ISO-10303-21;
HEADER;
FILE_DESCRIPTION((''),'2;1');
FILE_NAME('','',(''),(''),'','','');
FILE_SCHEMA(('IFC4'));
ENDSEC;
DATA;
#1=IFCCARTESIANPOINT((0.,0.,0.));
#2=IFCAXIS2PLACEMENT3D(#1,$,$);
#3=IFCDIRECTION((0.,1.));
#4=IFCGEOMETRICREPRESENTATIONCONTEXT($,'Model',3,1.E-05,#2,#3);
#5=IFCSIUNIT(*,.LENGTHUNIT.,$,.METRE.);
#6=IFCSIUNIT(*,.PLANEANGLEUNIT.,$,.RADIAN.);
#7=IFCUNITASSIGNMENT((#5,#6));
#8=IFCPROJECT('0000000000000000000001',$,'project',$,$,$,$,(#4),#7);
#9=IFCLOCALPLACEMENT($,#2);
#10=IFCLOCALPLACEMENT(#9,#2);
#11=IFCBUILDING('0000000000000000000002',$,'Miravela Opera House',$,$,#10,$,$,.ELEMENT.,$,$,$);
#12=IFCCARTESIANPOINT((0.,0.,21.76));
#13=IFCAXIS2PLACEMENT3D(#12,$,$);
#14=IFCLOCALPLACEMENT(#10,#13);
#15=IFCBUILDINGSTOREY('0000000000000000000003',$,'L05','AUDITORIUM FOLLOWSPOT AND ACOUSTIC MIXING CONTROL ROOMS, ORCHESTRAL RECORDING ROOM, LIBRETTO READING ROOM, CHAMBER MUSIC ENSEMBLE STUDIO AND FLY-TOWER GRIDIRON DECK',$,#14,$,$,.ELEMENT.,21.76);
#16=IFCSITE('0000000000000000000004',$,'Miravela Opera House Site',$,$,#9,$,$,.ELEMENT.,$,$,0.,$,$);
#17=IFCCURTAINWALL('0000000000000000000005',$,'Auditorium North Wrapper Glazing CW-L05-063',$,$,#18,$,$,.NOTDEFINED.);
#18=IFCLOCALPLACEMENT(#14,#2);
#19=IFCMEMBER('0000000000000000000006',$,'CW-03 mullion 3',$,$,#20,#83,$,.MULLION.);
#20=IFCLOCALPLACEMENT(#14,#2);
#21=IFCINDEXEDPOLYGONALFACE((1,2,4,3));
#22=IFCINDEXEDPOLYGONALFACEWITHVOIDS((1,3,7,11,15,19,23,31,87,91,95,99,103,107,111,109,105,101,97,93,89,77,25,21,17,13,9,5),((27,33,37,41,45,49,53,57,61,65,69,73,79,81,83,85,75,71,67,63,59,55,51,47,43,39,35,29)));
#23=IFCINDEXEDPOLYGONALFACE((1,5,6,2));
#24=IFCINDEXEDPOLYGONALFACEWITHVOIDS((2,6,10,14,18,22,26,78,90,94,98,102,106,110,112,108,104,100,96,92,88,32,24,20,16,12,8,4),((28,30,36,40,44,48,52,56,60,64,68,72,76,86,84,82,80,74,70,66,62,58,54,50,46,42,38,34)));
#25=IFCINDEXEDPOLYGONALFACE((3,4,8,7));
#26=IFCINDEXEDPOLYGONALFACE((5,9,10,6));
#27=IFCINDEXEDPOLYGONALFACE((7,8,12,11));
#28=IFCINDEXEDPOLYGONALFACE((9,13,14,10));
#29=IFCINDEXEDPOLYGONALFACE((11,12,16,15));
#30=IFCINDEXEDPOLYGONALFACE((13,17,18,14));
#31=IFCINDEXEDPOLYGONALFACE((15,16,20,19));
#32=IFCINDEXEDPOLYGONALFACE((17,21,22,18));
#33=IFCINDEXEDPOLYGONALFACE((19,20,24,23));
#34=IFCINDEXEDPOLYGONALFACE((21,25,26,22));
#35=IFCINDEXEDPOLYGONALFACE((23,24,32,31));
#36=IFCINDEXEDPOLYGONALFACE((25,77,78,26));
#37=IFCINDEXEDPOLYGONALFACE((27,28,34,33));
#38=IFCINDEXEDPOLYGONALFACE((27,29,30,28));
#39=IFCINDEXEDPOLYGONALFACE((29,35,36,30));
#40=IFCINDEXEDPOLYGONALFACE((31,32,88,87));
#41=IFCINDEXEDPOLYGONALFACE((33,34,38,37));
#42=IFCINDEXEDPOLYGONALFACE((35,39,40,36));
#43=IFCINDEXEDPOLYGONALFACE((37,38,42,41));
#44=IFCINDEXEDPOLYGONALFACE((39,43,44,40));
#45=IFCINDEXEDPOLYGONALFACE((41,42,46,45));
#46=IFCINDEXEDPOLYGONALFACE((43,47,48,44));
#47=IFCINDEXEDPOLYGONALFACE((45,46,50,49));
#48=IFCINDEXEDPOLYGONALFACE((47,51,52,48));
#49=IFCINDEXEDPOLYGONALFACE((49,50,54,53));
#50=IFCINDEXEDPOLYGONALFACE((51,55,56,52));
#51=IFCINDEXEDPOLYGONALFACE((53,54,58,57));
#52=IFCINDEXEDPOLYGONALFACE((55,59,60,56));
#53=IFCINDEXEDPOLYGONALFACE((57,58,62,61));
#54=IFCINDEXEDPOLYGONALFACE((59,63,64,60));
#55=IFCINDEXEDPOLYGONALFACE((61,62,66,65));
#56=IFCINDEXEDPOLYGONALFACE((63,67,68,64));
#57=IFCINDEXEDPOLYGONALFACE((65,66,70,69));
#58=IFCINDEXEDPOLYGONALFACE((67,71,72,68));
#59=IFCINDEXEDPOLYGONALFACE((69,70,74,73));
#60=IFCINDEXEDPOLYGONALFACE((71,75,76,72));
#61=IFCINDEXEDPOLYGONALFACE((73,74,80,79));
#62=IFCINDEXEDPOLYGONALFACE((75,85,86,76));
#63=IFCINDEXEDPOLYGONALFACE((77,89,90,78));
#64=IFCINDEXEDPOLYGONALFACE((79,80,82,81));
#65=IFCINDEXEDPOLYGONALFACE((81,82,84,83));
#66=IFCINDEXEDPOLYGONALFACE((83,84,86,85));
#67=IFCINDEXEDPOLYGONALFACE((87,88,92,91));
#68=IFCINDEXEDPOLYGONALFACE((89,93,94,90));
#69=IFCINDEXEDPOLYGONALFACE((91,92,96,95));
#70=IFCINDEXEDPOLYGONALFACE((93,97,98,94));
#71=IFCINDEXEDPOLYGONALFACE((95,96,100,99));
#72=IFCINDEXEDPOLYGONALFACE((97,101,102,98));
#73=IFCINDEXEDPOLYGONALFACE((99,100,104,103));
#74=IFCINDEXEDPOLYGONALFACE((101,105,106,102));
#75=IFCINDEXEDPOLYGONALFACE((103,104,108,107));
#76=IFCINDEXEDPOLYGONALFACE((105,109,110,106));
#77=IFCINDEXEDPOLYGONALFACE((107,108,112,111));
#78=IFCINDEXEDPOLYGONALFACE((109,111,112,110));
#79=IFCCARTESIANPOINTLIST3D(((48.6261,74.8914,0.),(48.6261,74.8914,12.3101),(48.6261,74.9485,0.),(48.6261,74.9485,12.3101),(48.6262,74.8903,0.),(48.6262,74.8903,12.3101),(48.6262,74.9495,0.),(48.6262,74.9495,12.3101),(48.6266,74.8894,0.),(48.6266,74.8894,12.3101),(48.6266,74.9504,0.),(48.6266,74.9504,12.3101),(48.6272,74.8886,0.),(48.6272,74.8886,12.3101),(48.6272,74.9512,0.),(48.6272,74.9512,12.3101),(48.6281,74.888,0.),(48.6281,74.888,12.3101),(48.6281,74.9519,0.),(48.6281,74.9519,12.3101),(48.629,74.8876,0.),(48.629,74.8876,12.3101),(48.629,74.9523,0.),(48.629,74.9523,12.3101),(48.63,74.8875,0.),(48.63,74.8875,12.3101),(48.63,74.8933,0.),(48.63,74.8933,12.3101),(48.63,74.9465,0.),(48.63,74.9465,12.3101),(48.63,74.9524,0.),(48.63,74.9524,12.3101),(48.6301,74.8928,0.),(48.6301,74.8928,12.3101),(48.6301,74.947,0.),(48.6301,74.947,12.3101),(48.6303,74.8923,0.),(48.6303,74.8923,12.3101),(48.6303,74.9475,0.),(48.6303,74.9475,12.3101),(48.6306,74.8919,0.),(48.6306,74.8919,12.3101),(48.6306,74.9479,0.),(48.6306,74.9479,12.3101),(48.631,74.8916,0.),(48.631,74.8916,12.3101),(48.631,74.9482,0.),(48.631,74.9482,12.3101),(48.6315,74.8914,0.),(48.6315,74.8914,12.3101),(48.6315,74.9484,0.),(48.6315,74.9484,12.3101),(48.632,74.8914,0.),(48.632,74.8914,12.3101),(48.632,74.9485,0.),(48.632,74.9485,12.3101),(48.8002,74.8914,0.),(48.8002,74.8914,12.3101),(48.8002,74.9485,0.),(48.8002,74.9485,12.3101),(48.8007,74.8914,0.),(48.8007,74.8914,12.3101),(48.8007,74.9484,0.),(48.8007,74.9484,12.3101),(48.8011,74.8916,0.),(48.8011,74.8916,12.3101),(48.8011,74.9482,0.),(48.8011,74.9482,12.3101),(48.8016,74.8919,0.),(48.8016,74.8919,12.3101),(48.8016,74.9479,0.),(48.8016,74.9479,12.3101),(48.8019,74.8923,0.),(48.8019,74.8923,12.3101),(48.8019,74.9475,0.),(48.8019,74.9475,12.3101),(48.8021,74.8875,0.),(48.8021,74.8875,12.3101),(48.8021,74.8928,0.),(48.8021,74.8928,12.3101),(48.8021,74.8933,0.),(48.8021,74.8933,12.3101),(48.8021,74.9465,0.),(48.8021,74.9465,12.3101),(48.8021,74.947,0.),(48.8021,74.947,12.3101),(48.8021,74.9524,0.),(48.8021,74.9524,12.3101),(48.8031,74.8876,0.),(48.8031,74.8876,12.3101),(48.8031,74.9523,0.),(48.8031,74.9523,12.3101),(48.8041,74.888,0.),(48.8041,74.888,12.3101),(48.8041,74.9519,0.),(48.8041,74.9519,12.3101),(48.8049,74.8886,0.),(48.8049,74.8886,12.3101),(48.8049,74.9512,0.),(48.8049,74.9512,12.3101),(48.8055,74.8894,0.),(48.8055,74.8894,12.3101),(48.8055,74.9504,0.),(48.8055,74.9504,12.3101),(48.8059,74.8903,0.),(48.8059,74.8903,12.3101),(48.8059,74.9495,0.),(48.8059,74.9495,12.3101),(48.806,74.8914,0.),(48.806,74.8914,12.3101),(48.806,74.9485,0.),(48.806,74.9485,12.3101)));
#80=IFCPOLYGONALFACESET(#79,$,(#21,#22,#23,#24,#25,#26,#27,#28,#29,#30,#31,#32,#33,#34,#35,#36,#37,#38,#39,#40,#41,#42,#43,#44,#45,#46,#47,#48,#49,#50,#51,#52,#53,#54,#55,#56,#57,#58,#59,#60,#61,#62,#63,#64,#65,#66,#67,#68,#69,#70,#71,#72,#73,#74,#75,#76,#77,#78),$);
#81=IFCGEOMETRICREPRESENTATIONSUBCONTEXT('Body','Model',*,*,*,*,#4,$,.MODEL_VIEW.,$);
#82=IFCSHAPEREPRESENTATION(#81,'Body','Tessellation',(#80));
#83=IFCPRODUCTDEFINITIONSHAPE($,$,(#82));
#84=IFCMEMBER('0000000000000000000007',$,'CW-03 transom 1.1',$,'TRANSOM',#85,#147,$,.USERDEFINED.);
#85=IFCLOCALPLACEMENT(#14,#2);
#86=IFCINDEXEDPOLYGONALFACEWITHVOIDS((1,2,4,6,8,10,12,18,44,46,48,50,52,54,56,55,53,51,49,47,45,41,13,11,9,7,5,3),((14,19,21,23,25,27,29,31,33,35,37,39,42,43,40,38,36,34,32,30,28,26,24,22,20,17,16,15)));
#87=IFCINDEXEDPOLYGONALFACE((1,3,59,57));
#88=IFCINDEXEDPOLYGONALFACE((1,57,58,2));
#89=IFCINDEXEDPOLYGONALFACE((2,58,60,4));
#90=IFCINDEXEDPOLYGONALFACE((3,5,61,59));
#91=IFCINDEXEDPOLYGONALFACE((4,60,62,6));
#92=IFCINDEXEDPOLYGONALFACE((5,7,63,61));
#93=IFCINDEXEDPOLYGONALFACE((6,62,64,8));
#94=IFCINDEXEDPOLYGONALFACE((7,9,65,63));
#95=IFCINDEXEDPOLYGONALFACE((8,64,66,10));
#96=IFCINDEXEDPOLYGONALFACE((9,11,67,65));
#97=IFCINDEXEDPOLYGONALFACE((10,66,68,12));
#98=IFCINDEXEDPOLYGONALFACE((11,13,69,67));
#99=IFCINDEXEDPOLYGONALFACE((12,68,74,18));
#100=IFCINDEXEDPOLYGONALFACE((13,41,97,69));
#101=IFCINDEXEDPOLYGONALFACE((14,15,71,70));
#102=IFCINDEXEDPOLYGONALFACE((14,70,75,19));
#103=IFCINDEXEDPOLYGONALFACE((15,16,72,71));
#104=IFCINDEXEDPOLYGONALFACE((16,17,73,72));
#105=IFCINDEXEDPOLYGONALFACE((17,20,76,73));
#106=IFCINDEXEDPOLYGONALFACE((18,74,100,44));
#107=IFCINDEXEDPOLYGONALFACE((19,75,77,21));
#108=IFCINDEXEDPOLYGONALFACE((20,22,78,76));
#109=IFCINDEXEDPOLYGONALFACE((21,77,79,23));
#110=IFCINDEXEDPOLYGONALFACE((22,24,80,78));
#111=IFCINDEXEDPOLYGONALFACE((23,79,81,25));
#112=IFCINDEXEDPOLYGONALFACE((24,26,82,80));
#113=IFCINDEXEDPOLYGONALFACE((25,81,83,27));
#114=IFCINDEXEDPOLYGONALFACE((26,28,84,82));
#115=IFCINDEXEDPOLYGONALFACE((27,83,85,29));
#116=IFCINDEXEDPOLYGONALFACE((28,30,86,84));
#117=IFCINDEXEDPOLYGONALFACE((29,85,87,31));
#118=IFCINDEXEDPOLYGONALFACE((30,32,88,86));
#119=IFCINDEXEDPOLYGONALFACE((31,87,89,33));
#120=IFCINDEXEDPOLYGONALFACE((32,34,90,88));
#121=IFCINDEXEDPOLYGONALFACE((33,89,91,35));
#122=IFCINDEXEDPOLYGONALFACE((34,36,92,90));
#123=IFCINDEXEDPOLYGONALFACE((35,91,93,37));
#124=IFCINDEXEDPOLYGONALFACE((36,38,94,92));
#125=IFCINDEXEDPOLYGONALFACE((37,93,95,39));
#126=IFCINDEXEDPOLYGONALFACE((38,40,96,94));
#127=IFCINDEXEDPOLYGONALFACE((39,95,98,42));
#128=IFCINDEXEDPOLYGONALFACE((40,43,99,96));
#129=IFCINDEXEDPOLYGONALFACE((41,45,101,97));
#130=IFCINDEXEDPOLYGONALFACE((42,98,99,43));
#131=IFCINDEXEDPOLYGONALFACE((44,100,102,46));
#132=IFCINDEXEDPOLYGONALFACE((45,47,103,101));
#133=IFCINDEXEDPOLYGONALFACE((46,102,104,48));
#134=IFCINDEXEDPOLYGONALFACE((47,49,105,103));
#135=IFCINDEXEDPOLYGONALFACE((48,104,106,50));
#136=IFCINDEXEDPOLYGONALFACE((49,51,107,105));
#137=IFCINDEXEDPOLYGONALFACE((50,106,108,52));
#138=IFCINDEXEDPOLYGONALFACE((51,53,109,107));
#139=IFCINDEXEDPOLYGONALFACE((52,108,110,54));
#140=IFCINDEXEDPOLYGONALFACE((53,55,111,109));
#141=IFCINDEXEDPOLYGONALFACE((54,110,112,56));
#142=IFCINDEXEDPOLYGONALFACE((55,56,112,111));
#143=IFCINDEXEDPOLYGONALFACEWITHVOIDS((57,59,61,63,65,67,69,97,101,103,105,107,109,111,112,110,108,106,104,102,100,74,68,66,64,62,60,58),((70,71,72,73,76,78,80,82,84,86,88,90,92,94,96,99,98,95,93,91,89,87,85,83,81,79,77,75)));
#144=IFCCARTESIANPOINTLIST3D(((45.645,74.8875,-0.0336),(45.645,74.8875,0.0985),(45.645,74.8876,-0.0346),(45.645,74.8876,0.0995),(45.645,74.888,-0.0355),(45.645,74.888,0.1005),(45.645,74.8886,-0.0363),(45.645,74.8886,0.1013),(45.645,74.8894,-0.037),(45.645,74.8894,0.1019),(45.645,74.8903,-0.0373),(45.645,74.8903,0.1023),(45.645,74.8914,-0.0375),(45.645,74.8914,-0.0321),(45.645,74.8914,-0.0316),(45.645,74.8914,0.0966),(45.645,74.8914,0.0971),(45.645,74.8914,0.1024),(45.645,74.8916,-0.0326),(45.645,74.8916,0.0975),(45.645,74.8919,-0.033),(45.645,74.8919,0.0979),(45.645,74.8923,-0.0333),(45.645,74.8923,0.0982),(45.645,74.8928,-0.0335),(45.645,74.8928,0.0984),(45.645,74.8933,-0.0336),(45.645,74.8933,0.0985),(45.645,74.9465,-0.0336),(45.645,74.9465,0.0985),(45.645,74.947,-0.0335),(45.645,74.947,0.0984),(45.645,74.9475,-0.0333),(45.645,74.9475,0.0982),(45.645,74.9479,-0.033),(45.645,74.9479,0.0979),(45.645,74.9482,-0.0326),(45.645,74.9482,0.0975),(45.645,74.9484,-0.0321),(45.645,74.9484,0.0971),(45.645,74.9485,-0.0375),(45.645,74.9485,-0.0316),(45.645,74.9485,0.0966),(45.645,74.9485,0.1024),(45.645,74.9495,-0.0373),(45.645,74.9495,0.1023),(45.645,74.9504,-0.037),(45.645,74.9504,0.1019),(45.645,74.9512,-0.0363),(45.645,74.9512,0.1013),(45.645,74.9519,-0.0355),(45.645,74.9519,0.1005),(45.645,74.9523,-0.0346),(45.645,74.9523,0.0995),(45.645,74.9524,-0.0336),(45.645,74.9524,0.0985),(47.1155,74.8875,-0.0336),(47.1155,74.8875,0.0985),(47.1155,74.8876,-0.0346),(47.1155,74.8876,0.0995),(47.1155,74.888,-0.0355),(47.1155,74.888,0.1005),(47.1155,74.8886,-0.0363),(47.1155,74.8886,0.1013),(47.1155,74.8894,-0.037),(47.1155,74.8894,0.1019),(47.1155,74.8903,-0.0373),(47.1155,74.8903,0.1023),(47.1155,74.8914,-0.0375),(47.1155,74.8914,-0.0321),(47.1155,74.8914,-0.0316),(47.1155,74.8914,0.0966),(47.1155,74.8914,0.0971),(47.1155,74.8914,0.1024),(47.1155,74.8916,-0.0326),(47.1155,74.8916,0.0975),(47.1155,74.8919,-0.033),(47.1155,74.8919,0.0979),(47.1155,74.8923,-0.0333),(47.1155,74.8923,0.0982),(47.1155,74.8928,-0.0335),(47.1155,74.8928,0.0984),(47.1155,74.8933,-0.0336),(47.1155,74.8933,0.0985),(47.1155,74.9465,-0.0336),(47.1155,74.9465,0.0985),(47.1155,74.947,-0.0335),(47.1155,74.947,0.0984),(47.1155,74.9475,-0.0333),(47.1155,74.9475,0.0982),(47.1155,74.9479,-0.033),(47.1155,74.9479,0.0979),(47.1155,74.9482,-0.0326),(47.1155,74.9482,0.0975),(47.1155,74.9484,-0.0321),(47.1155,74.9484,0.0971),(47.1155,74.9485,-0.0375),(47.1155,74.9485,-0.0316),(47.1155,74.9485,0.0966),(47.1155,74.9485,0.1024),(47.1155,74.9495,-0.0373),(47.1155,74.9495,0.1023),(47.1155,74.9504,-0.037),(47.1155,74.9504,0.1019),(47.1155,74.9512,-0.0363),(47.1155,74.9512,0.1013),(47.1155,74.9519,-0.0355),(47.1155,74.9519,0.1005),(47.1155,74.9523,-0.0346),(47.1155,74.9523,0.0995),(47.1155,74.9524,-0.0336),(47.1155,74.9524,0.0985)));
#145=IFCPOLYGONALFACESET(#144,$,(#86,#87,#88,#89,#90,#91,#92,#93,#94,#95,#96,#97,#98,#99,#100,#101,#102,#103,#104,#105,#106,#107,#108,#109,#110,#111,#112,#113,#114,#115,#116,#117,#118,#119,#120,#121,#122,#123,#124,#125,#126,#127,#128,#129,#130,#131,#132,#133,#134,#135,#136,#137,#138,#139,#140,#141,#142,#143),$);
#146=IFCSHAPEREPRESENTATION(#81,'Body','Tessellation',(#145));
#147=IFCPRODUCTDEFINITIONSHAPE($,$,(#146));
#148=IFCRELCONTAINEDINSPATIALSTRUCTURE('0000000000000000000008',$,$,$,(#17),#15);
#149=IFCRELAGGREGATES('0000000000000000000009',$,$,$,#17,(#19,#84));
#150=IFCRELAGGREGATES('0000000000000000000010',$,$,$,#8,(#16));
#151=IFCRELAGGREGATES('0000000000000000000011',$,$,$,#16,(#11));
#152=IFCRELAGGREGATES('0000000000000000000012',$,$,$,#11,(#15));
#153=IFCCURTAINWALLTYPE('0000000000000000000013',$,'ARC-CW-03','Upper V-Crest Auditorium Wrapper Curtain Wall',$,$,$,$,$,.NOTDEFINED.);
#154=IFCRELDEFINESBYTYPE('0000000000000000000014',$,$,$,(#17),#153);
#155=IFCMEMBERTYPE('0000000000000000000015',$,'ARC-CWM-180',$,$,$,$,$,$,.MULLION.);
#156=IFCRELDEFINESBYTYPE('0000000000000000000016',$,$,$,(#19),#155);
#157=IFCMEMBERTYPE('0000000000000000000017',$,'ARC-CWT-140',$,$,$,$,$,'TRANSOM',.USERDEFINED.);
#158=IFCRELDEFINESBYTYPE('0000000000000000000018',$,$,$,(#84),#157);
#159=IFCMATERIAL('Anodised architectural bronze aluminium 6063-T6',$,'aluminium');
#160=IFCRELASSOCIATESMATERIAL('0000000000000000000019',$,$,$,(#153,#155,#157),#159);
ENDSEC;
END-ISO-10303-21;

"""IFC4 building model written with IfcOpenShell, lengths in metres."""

from ifc_helpers import new_model, si_unit, direction, frame, origin, origin_2d, place, context, subcontext, project, spatial, hollow_rectangle, extrude, material, material_profile, profile_set, type_object, element, aggregate, save


model = new_model("IFC4")

# Units and contexts
model_context = context("Model", 3, precision=1e-05, world=origin(), true_north=direction((0.0, 1.0)))
body_context = subcontext(model_context, "Body", "Model", "MODEL_VIEW")
ifc_project = project(units=[si_unit("LENGTHUNIT", "METRE"), si_unit("PLANEANGLEUNIT", "RADIAN")], contexts=[model_context])

# Site, building, storey
site_placement = place(None, origin())
site = spatial("IfcSite", under=ifc_project, at=site_placement, Name="Miravela Opera House Site", CompositionType="ELEMENT", RefElevation=0.0)
building_placement = place(site_placement, origin())
building = spatial("IfcBuilding", under=site, at=building_placement, Name="Miravela Opera House", CompositionType="ELEMENT")
storey_placement = place(building_placement, frame((0.0, 0.0, 21.76)))
storey = spatial("IfcBuildingStorey", under=building, at=storey_placement, Name="L05", Description="AUDITORIUM FOLLOWSPOT AND ACOUSTIC MIXING CONTROL ROOMS, ORCHESTRAL RECORDING ROOM, LIBRETTO READING ROOM, CHAMBER MUSIC ENSEMBLE STUDIO AND FLY-TOWER GRIDIRON DECK", CompositionType="ELEMENT", Elevation=21.76)

# Curtain wall, members
ifc_material_1 = material(Name="Anodised architectural bronze aluminium 6063-T6", Category="aluminium")
curtain_wall_type = type_object("IfcCurtainWallType", Name="ARC-CW-03", Description="Upper V-Crest Auditorium Wrapper Curtain Wall", PredefinedType="NOTDEFINED", material=ifc_material_1)
curtain_wall_placement = place(storey_placement, origin())
curtain_wall = element("IfcCurtainWall", 1, at=curtain_wall_placement, inside=storey, type_object=curtain_wall_type, Name="Auditorium North Wrapper Glazing CW-L05-063", PredefinedType="NOTDEFINED")
ifc_material_profile_1 = material_profile(ifc_material_1, hollow_rectangle(XDim=0.0649, YDim=0.1799, WallThickness=0.0039, InnerFilletRadius=0.002, OuterFilletRadius=0.0039, at=origin_2d()), Name="CWM-65X180")
ifc_profile_set_1 = profile_set([ifc_material_profile_1])
member_type_1 = type_object("IfcMemberType", Name="ARC-CWM-180", PredefinedType="MULLION", material=ifc_profile_set_1)
member_1_placement = place(storey_placement, frame((48.7161, 74.9199, 0.0), z_axis=(0.0, 0.0, 1.0), x_axis=(0.0, 1.0, 0.0)))
member_1 = element("IfcMember", 2, at=member_1_placement, type_object=member_type_1, Name="CW-03 mullion 3", PredefinedType="MULLION", context=body_context, shape_type="SweptSolid", body=[
    extrude(hollow_rectangle(XDim=0.0649, YDim=0.1799, WallThickness=0.0039, InnerFilletRadius=0.002, OuterFilletRadius=0.0039, at=origin_2d()), origin(), (0.0, 0.0, 1.0), 12.3101),
])
ifc_material_profile_2 = material_profile(ifc_material_1, hollow_rectangle(XDim=0.0649, YDim=0.1399, WallThickness=0.0039, InnerFilletRadius=0.002, OuterFilletRadius=0.0039, at=origin_2d()), Name="CWT-65X140")
ifc_profile_set_2 = profile_set([ifc_material_profile_2])
member_type_2 = type_object("IfcMemberType", Name="ARC-CWT-140", ElementType="TRANSOM", PredefinedType="USERDEFINED", material=ifc_profile_set_2)
member_2_placement = place(storey_placement, frame((45.645, 74.9199, 0.0325), z_axis=(1.0, 0.0, 0.0), x_axis=(0.0, 1.0, 0.0)))
member_2 = element("IfcMember", 3, at=member_2_placement, type_object=member_type_2, Name="CW-03 transom 1.1", ObjectType="TRANSOM", PredefinedType="USERDEFINED", context=body_context, shape_type="SweptSolid", body=[
    extrude(hollow_rectangle(XDim=0.0649, YDim=0.1399, WallThickness=0.0039, InnerFilletRadius=0.002, OuterFilletRadius=0.0039, at=origin_2d()), origin(), (0.0, 0.0, 1.0), 1.4705),
])

aggregate(curtain_wall, [member_1, member_2])

save(model, "model.ifc")
